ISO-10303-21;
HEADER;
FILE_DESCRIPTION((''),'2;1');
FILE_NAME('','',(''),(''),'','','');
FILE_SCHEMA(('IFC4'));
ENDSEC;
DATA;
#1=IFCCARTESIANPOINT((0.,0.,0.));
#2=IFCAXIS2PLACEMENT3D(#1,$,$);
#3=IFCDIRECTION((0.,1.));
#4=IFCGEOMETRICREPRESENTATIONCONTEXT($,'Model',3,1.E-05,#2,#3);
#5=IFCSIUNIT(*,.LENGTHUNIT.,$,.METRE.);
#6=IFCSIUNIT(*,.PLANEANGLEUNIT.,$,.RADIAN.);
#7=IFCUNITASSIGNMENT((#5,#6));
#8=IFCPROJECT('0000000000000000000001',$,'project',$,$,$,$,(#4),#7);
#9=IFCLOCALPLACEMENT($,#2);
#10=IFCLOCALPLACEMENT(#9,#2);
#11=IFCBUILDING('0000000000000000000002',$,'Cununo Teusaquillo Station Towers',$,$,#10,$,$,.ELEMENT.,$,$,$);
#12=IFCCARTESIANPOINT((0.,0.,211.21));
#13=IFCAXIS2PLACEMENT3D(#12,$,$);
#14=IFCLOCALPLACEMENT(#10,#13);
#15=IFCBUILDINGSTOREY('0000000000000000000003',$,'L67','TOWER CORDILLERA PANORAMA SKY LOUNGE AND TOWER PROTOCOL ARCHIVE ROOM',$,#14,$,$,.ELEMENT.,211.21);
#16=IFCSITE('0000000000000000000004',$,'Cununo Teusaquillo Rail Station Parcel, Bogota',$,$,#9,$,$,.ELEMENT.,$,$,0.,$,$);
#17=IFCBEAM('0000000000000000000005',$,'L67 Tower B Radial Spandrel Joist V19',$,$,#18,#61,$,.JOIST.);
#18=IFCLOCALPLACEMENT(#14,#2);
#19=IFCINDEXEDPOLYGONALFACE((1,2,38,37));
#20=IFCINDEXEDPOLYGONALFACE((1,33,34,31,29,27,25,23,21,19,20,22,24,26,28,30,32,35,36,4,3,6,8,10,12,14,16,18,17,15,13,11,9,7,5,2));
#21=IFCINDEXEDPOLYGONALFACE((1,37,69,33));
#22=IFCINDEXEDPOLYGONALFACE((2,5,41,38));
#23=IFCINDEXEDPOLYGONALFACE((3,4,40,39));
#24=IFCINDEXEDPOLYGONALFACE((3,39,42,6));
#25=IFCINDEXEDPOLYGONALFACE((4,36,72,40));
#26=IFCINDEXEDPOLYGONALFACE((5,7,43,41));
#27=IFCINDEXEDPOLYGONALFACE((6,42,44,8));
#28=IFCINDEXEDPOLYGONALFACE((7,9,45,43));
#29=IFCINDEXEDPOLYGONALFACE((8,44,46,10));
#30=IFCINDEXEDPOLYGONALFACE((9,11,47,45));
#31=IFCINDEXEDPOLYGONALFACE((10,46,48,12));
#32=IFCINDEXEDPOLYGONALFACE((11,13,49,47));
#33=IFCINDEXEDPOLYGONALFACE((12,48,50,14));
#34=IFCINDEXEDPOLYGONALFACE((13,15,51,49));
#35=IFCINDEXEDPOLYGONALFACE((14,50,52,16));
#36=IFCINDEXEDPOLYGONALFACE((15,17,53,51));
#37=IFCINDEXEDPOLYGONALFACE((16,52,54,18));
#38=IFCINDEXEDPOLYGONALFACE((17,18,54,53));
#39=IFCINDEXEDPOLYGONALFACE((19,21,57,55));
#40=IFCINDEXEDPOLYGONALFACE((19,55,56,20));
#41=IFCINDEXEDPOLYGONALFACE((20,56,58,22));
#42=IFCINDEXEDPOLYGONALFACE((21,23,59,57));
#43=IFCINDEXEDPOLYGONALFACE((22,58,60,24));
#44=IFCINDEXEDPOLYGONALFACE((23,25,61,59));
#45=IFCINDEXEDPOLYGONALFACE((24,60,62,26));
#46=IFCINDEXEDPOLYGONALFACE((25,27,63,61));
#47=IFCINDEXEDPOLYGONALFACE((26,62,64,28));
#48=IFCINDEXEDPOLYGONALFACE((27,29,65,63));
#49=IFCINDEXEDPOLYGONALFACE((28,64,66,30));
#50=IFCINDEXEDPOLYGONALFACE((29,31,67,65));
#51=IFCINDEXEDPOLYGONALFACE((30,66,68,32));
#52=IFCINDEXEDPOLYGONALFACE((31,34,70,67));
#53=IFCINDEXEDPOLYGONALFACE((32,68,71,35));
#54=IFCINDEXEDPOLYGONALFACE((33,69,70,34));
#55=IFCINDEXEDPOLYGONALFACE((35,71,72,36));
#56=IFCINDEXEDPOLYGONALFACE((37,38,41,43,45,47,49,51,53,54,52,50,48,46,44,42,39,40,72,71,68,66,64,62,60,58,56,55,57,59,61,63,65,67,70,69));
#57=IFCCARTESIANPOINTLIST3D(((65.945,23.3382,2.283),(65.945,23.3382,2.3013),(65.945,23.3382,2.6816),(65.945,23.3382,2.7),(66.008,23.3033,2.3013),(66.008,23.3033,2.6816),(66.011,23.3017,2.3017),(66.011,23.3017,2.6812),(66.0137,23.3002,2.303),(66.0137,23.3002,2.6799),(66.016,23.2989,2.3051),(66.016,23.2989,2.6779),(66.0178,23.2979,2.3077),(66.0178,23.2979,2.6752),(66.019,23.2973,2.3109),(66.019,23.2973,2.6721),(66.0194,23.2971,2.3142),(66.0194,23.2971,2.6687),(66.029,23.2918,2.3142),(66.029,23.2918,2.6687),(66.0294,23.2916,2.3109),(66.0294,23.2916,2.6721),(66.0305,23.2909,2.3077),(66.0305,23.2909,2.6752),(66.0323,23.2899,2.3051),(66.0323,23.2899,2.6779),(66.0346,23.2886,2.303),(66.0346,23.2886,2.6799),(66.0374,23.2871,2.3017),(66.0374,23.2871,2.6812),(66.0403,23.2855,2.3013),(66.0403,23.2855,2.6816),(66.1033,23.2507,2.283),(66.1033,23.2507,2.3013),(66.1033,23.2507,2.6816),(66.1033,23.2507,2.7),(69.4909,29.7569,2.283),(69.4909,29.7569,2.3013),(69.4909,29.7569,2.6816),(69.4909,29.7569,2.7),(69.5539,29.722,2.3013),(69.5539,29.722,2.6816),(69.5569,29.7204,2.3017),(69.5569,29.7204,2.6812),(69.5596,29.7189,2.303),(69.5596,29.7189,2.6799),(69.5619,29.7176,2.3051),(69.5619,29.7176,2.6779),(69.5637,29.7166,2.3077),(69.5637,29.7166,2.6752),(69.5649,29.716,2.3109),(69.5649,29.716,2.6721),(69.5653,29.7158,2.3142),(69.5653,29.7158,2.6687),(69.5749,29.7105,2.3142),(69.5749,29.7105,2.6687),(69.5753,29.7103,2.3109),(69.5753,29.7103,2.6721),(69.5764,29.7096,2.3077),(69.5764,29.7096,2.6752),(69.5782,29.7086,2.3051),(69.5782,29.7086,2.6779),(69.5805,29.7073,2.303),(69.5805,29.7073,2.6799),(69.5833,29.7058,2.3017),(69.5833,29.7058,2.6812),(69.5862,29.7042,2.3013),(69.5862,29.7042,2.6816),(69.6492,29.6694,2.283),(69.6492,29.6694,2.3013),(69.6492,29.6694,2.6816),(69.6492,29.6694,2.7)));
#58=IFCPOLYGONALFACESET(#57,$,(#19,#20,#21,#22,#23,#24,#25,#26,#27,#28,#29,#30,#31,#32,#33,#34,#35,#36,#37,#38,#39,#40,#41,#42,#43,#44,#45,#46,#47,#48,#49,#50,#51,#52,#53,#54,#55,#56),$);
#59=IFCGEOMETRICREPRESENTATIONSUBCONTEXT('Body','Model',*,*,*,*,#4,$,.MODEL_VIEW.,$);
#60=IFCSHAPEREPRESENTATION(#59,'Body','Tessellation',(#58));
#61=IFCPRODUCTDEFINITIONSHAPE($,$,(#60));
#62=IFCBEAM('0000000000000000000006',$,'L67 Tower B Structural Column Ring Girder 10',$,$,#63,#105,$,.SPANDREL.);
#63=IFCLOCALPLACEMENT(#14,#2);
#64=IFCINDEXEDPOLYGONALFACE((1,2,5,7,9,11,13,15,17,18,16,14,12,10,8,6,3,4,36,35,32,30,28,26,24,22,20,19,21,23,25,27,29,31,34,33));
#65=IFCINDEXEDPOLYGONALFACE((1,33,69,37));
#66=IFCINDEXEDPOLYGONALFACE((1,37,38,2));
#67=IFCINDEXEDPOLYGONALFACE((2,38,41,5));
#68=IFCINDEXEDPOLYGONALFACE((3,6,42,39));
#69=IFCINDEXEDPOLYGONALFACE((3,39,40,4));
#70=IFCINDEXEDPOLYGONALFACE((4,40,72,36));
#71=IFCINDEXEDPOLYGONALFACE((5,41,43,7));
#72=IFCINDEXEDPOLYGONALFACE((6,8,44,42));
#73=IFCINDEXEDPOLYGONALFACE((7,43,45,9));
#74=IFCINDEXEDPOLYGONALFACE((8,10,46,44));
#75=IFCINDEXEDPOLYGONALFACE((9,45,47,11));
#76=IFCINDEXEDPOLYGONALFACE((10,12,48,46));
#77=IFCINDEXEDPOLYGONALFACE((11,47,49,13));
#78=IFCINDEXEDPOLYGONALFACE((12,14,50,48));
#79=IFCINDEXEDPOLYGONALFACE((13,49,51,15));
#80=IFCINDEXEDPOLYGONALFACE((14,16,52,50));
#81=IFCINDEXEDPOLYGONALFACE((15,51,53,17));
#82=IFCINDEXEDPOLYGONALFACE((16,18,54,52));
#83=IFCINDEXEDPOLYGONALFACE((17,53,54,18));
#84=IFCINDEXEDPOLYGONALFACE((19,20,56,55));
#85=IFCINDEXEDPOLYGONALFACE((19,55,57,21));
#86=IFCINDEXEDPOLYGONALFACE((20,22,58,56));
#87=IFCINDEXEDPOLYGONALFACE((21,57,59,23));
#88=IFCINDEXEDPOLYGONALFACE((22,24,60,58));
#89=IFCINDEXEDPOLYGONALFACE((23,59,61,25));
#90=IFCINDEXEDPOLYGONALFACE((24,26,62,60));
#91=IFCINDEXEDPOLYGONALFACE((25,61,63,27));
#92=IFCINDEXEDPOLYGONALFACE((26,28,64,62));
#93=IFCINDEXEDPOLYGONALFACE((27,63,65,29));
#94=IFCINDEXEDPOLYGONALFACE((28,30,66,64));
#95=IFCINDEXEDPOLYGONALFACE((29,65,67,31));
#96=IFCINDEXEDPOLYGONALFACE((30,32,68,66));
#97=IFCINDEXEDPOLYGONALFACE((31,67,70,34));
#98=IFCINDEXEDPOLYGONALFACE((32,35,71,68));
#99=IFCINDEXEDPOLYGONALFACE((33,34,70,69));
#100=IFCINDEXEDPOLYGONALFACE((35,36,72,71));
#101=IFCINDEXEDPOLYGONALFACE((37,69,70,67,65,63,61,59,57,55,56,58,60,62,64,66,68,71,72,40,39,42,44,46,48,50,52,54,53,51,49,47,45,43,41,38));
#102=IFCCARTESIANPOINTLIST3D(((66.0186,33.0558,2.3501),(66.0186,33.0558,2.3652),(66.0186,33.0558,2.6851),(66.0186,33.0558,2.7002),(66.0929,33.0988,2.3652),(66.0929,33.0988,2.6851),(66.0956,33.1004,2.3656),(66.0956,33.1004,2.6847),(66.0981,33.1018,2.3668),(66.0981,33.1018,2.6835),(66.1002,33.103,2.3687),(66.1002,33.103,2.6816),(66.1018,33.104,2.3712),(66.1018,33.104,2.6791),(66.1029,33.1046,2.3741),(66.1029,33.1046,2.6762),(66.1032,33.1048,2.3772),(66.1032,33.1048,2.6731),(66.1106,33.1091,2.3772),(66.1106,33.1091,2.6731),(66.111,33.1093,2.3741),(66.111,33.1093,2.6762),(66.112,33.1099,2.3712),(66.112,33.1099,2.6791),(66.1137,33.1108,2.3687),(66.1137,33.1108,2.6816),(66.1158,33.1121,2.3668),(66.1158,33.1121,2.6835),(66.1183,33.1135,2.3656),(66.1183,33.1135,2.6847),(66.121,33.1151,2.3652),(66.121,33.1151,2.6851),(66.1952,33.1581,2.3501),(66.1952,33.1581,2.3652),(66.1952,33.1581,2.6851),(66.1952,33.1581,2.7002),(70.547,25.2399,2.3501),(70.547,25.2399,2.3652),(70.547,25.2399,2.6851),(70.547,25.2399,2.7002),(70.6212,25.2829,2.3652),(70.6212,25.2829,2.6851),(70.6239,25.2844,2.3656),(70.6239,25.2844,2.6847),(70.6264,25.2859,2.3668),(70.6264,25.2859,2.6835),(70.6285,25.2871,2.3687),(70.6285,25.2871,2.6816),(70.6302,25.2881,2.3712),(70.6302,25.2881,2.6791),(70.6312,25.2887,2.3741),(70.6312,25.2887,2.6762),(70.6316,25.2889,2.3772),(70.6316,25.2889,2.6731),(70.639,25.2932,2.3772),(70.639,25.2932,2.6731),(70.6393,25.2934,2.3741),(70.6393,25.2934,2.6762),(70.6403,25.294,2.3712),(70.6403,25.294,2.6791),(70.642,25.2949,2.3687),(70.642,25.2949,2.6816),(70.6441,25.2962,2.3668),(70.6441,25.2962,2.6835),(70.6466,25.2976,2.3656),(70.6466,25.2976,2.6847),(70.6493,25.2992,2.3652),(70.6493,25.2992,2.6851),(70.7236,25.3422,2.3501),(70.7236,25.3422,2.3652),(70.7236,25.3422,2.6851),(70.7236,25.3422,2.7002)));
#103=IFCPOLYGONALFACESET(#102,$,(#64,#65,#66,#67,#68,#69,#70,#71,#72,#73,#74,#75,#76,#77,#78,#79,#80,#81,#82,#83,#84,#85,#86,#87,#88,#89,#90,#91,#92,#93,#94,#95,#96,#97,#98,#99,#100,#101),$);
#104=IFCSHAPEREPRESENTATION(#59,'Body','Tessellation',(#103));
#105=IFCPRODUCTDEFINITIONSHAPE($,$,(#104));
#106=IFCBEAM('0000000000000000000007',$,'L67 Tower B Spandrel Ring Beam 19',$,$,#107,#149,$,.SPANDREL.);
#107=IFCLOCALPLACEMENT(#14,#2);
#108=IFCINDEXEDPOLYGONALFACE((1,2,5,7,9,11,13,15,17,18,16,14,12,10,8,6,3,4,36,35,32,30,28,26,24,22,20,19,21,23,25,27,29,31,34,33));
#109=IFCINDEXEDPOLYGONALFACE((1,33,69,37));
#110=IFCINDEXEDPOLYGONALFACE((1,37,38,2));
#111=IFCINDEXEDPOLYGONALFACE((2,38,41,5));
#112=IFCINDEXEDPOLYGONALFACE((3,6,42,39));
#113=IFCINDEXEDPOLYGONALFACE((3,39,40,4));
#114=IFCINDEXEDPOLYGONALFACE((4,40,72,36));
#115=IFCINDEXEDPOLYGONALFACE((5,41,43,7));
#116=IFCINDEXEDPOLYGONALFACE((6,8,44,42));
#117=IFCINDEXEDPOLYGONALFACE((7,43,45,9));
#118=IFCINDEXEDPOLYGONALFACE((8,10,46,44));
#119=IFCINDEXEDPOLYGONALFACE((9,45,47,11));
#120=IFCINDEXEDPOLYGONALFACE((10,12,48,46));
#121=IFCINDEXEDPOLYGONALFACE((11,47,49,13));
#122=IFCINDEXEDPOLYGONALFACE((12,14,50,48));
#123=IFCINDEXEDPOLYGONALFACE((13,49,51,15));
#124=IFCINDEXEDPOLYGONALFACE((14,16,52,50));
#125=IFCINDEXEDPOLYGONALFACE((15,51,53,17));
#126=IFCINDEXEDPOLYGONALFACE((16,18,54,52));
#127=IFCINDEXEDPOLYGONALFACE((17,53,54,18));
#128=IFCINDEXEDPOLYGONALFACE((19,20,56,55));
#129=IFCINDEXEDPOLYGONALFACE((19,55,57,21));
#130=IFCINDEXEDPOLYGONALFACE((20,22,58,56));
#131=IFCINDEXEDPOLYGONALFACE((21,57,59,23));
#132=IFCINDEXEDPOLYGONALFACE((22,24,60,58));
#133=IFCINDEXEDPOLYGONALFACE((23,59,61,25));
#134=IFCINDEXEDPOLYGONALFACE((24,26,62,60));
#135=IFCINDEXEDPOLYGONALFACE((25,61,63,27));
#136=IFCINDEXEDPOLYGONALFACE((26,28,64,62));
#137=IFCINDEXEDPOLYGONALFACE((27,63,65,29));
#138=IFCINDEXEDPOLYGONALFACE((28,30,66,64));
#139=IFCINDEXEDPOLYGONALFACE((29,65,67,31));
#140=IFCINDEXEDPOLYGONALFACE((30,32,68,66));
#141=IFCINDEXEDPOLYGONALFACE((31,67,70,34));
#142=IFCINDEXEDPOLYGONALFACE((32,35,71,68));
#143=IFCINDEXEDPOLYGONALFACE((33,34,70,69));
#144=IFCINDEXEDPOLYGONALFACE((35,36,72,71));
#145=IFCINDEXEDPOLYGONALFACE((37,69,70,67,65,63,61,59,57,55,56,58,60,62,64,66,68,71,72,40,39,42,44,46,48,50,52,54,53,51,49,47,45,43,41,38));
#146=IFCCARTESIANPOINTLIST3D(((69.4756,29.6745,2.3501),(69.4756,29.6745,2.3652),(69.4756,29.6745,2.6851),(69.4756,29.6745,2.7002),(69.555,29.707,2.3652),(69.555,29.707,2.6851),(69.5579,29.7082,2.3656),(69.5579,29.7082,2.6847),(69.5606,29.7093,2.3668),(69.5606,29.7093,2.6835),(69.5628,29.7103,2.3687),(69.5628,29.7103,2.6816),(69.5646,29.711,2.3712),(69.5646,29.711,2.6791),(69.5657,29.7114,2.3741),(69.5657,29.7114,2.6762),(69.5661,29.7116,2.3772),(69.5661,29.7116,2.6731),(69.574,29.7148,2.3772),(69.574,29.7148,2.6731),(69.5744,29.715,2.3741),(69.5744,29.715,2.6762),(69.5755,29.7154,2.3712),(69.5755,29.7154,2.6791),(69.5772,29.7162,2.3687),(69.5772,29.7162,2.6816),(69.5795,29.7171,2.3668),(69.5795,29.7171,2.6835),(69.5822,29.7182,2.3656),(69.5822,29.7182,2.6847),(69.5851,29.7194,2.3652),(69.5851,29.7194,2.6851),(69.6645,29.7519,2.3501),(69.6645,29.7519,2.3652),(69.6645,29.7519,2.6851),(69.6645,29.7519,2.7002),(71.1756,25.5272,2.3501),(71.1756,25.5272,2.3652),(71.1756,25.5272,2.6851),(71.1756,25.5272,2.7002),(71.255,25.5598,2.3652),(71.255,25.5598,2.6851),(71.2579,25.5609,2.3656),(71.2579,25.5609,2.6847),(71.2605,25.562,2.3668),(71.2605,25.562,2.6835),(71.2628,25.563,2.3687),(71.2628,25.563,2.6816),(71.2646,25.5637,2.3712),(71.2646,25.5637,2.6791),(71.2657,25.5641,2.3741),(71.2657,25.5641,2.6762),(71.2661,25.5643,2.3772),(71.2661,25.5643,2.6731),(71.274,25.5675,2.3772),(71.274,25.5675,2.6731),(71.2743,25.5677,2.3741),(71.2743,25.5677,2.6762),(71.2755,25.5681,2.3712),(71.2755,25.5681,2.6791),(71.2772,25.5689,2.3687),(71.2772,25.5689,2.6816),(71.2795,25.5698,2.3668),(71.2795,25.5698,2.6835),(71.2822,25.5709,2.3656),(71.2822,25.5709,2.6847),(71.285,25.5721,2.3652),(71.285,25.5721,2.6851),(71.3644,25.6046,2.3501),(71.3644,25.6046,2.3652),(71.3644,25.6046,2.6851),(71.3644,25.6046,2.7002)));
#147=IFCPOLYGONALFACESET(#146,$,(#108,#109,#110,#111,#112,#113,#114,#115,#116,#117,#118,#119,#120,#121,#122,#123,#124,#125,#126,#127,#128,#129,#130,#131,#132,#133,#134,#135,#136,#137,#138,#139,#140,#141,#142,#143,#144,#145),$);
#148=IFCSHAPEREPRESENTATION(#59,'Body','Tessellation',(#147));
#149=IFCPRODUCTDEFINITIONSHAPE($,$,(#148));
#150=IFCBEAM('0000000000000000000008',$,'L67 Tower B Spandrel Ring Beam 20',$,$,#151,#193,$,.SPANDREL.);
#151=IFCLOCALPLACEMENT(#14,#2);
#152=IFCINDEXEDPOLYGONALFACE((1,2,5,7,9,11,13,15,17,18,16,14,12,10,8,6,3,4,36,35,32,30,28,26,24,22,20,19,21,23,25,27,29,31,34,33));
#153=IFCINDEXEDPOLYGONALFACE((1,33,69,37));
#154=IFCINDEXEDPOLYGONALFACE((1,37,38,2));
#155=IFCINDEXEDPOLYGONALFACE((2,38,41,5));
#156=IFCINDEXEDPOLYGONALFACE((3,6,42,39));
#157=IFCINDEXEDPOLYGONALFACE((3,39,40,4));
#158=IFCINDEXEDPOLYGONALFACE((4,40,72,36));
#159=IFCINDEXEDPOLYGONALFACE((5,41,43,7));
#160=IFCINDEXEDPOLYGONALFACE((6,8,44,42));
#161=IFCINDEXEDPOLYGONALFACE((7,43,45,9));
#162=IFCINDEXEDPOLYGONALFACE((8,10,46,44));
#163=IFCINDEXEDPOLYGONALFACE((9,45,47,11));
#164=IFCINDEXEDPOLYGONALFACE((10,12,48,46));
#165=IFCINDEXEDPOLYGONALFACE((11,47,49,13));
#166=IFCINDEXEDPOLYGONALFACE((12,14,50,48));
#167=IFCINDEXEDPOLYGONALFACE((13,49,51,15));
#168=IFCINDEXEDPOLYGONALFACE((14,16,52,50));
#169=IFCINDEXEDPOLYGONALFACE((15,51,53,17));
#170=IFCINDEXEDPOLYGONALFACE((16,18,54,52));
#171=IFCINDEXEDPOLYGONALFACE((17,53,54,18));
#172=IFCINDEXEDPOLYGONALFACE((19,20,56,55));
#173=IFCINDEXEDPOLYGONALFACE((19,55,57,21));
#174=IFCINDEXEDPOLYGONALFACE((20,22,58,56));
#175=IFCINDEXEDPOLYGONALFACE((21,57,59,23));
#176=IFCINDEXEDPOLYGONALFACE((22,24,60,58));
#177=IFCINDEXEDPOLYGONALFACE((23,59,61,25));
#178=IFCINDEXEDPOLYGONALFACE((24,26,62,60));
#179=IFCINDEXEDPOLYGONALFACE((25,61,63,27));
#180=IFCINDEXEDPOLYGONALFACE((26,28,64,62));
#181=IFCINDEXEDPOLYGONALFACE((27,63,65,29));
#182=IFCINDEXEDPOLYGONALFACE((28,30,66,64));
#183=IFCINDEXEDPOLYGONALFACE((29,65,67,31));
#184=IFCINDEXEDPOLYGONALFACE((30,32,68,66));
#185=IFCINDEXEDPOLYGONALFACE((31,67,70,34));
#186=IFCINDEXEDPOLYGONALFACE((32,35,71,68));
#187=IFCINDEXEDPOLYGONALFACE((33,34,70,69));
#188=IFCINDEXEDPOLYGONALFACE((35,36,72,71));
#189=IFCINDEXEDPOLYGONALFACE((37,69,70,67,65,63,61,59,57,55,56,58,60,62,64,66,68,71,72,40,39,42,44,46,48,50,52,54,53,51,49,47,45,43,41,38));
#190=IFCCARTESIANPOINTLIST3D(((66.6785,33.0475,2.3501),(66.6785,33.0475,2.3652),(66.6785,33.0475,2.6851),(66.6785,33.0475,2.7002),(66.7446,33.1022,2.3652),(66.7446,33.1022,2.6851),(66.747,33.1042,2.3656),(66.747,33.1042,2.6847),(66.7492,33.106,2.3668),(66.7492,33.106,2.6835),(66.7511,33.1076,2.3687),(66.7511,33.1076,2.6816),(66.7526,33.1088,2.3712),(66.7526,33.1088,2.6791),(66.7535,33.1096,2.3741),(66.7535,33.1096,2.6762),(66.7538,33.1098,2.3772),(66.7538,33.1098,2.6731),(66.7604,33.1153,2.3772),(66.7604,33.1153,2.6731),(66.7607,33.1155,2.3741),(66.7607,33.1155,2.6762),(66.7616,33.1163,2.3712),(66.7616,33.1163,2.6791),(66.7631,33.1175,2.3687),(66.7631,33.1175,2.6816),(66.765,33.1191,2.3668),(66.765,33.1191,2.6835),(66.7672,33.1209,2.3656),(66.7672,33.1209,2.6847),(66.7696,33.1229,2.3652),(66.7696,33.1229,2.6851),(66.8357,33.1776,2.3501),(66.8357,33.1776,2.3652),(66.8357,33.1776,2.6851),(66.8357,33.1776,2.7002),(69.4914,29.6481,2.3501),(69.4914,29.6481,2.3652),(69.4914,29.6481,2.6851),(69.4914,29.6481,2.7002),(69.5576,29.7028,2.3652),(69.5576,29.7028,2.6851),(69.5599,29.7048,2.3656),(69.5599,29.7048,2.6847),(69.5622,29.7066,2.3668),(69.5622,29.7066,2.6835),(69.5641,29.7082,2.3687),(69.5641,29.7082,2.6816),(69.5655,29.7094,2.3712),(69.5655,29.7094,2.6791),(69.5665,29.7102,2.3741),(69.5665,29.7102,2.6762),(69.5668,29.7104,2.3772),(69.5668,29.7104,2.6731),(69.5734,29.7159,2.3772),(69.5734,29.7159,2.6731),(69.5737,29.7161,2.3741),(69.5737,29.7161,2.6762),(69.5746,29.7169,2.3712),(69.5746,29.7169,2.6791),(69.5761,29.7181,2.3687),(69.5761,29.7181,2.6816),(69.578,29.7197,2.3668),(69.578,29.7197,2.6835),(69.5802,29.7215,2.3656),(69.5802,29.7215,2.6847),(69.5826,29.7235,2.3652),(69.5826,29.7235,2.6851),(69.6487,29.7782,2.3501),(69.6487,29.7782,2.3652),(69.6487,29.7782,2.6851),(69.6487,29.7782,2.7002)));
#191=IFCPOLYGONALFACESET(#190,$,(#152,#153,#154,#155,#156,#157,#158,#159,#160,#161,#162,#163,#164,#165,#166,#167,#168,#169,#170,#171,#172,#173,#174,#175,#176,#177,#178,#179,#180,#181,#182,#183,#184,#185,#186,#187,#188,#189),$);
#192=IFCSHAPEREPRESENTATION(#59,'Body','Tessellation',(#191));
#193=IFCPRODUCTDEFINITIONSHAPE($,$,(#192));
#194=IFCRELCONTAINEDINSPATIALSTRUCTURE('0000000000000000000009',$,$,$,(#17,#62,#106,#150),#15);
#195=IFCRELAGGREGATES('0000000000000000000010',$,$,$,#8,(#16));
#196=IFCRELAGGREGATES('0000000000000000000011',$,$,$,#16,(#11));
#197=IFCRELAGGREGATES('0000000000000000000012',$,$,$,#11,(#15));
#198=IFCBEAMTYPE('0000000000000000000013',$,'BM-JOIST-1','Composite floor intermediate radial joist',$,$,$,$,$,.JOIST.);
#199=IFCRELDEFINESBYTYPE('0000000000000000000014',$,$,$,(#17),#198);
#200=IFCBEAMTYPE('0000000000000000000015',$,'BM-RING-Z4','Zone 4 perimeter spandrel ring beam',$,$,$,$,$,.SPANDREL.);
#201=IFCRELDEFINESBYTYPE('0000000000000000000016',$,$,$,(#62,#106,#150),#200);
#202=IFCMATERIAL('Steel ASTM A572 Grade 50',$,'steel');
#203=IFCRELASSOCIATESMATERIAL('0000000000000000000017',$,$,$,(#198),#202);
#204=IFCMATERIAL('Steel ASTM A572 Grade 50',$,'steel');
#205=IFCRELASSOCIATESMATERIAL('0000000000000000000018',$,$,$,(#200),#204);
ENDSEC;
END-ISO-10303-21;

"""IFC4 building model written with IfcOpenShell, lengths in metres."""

from ifc_helpers import new_model, si_unit, direction, frame, origin, origin_2d, place, context, subcontext, project, spatial, i_section, extrude, material, material_profile, profile_set, type_object, element, save


model = new_model("IFC4")

# Units and contexts
model_context = context("Model", 3, precision=1e-05, world=origin(), true_north=direction((0.0, 1.0)))
body_context = subcontext(model_context, "Body", "Model", "MODEL_VIEW")
ifc_project = project(units=[si_unit("LENGTHUNIT", "METRE"), si_unit("PLANEANGLEUNIT", "RADIAN")], contexts=[model_context])

# Site, building, storey
site_placement = place(None, origin())
site = spatial("IfcSite", under=ifc_project, at=site_placement, Name="Cununo Teusaquillo Rail Station Parcel, Bogota", CompositionType="ELEMENT", RefElevation=0.0)
building_placement = place(site_placement, origin())
building = spatial("IfcBuilding", under=site, at=building_placement, Name="Cununo Teusaquillo Station Towers", CompositionType="ELEMENT")
storey_placement = place(building_placement, frame((0.0, 0.0, 211.21)))
storey = spatial("IfcBuildingStorey", under=building, at=storey_placement, Name="L67", Description="TOWER CORDILLERA PANORAMA SKY LOUNGE AND TOWER PROTOCOL ARCHIVE ROOM", CompositionType="ELEMENT", Elevation=211.21)

# Beams
ifc_material_1 = material(Name="Steel ASTM A572 Grade 50", Category="steel")
ifc_material_profile_1 = material_profile(ifc_material_1, i_section(OverallWidth=0.1809, OverallDepth=0.417, WebThickness=0.011, FlangeThickness=0.0183, FilletRadius=0.0129, at=origin_2d()), Name="W16X57")
ifc_profile_set_1 = profile_set([ifc_material_profile_1], Name="Steel ASTM A572 Grade 50")
beam_type_1 = type_object("IfcBeamType", Name="BM-JOIST-1", Description="Composite floor intermediate radial joist", PredefinedType="JOIST", material=ifc_profile_set_1)
beam_1_placement = place(storey_placement, frame((66.0242, 23.2944, 2.4915), z_axis=(0.483553, 0.875315, 0.0), x_axis=(-0.875315, 0.483553, 0.0)))
element("IfcBeam", 1, at=beam_1_placement, inside=storey, type_object=beam_type_1, Name="L67 Tower B Radial Spandrel Joist V19", PredefinedType="JOIST", context=body_context, shape_type="SweptSolid", body=[
    extrude(i_section(OverallWidth=0.1809, OverallDepth=0.417, WebThickness=0.011, FlangeThickness=0.0183, FilletRadius=0.0129, at=origin_2d()), origin(), (0.0, 0.0, 1.0), 7.333),
])
ifc_material_2 = material(Name="Steel ASTM A572 Grade 50", Category="steel")
ifc_material_profile_2 = material_profile(ifc_material_2, i_section(OverallWidth=0.2041, OverallDepth=0.3501, WebThickness=0.0085, FlangeThickness=0.0151, FilletRadius=0.012, at=origin_2d()), Name="W14X48")
ifc_profile_set_2 = profile_set([ifc_material_profile_2], Name="Steel ASTM A572 Grade 50")
beam_type_2 = type_object("IfcBeamType", Name="BM-RING-Z4", Description="Zone 4 perimeter spandrel ring beam", PredefinedType="SPANDREL", material=ifc_profile_set_2)
beam_2_placement = place(storey_placement, frame((70.6353, 25.291, 2.5251), z_axis=(-0.501311, 0.865267, 0.0), x_axis=(-0.865267, -0.501311, 0.0)))
element("IfcBeam", 2, at=beam_2_placement, inside=storey, type_object=beam_type_2, Name="L67 Tower B Structural Column Ring Girder 10", PredefinedType="SPANDREL", context=body_context, shape_type="SweptSolid", body=[
    extrude(i_section(OverallWidth=0.2041, OverallDepth=0.3501, WebThickness=0.0085, FlangeThickness=0.0151, FilletRadius=0.012, at=origin_2d()), origin(), (0.0, 0.0, 1.0), 9.033),
])
beam_3_placement = place(storey_placement, frame((71.27, 25.5659, 2.5251), z_axis=(-0.379275, 0.925284, 0.0), x_axis=(-0.925284, -0.379275, 0.0)))
element("IfcBeam", 3, at=beam_3_placement, inside=storey, type_object=beam_type_2, Name="L67 Tower B Spandrel Ring Beam 19", PredefinedType="SPANDREL", context=body_context, shape_type="SweptSolid", body=[
    extrude(i_section(OverallWidth=0.2041, OverallDepth=0.3501, WebThickness=0.0085, FlangeThickness=0.0151, FilletRadius=0.012, at=origin_2d()), origin(), (0.0, 0.0, 1.0), 4.4822),
])
beam_4_placement = place(storey_placement, frame((69.5701, 29.7131, 2.5251), z_axis=(-0.637525, 0.77043, 0.0), x_axis=(-0.77043, -0.637525, 0.0)))
element("IfcBeam", 4, at=beam_4_placement, inside=storey, type_object=beam_type_2, Name="L67 Tower B Spandrel Ring Beam 20", PredefinedType="SPANDREL", context=body_context, shape_type="SweptSolid", body=[
    extrude(i_section(OverallWidth=0.2041, OverallDepth=0.3501, WebThickness=0.0085, FlangeThickness=0.0151, FilletRadius=0.012, at=origin_2d()), origin(), (0.0, 0.0, 1.0), 4.4124),
])

save(model, "model.ifc")
